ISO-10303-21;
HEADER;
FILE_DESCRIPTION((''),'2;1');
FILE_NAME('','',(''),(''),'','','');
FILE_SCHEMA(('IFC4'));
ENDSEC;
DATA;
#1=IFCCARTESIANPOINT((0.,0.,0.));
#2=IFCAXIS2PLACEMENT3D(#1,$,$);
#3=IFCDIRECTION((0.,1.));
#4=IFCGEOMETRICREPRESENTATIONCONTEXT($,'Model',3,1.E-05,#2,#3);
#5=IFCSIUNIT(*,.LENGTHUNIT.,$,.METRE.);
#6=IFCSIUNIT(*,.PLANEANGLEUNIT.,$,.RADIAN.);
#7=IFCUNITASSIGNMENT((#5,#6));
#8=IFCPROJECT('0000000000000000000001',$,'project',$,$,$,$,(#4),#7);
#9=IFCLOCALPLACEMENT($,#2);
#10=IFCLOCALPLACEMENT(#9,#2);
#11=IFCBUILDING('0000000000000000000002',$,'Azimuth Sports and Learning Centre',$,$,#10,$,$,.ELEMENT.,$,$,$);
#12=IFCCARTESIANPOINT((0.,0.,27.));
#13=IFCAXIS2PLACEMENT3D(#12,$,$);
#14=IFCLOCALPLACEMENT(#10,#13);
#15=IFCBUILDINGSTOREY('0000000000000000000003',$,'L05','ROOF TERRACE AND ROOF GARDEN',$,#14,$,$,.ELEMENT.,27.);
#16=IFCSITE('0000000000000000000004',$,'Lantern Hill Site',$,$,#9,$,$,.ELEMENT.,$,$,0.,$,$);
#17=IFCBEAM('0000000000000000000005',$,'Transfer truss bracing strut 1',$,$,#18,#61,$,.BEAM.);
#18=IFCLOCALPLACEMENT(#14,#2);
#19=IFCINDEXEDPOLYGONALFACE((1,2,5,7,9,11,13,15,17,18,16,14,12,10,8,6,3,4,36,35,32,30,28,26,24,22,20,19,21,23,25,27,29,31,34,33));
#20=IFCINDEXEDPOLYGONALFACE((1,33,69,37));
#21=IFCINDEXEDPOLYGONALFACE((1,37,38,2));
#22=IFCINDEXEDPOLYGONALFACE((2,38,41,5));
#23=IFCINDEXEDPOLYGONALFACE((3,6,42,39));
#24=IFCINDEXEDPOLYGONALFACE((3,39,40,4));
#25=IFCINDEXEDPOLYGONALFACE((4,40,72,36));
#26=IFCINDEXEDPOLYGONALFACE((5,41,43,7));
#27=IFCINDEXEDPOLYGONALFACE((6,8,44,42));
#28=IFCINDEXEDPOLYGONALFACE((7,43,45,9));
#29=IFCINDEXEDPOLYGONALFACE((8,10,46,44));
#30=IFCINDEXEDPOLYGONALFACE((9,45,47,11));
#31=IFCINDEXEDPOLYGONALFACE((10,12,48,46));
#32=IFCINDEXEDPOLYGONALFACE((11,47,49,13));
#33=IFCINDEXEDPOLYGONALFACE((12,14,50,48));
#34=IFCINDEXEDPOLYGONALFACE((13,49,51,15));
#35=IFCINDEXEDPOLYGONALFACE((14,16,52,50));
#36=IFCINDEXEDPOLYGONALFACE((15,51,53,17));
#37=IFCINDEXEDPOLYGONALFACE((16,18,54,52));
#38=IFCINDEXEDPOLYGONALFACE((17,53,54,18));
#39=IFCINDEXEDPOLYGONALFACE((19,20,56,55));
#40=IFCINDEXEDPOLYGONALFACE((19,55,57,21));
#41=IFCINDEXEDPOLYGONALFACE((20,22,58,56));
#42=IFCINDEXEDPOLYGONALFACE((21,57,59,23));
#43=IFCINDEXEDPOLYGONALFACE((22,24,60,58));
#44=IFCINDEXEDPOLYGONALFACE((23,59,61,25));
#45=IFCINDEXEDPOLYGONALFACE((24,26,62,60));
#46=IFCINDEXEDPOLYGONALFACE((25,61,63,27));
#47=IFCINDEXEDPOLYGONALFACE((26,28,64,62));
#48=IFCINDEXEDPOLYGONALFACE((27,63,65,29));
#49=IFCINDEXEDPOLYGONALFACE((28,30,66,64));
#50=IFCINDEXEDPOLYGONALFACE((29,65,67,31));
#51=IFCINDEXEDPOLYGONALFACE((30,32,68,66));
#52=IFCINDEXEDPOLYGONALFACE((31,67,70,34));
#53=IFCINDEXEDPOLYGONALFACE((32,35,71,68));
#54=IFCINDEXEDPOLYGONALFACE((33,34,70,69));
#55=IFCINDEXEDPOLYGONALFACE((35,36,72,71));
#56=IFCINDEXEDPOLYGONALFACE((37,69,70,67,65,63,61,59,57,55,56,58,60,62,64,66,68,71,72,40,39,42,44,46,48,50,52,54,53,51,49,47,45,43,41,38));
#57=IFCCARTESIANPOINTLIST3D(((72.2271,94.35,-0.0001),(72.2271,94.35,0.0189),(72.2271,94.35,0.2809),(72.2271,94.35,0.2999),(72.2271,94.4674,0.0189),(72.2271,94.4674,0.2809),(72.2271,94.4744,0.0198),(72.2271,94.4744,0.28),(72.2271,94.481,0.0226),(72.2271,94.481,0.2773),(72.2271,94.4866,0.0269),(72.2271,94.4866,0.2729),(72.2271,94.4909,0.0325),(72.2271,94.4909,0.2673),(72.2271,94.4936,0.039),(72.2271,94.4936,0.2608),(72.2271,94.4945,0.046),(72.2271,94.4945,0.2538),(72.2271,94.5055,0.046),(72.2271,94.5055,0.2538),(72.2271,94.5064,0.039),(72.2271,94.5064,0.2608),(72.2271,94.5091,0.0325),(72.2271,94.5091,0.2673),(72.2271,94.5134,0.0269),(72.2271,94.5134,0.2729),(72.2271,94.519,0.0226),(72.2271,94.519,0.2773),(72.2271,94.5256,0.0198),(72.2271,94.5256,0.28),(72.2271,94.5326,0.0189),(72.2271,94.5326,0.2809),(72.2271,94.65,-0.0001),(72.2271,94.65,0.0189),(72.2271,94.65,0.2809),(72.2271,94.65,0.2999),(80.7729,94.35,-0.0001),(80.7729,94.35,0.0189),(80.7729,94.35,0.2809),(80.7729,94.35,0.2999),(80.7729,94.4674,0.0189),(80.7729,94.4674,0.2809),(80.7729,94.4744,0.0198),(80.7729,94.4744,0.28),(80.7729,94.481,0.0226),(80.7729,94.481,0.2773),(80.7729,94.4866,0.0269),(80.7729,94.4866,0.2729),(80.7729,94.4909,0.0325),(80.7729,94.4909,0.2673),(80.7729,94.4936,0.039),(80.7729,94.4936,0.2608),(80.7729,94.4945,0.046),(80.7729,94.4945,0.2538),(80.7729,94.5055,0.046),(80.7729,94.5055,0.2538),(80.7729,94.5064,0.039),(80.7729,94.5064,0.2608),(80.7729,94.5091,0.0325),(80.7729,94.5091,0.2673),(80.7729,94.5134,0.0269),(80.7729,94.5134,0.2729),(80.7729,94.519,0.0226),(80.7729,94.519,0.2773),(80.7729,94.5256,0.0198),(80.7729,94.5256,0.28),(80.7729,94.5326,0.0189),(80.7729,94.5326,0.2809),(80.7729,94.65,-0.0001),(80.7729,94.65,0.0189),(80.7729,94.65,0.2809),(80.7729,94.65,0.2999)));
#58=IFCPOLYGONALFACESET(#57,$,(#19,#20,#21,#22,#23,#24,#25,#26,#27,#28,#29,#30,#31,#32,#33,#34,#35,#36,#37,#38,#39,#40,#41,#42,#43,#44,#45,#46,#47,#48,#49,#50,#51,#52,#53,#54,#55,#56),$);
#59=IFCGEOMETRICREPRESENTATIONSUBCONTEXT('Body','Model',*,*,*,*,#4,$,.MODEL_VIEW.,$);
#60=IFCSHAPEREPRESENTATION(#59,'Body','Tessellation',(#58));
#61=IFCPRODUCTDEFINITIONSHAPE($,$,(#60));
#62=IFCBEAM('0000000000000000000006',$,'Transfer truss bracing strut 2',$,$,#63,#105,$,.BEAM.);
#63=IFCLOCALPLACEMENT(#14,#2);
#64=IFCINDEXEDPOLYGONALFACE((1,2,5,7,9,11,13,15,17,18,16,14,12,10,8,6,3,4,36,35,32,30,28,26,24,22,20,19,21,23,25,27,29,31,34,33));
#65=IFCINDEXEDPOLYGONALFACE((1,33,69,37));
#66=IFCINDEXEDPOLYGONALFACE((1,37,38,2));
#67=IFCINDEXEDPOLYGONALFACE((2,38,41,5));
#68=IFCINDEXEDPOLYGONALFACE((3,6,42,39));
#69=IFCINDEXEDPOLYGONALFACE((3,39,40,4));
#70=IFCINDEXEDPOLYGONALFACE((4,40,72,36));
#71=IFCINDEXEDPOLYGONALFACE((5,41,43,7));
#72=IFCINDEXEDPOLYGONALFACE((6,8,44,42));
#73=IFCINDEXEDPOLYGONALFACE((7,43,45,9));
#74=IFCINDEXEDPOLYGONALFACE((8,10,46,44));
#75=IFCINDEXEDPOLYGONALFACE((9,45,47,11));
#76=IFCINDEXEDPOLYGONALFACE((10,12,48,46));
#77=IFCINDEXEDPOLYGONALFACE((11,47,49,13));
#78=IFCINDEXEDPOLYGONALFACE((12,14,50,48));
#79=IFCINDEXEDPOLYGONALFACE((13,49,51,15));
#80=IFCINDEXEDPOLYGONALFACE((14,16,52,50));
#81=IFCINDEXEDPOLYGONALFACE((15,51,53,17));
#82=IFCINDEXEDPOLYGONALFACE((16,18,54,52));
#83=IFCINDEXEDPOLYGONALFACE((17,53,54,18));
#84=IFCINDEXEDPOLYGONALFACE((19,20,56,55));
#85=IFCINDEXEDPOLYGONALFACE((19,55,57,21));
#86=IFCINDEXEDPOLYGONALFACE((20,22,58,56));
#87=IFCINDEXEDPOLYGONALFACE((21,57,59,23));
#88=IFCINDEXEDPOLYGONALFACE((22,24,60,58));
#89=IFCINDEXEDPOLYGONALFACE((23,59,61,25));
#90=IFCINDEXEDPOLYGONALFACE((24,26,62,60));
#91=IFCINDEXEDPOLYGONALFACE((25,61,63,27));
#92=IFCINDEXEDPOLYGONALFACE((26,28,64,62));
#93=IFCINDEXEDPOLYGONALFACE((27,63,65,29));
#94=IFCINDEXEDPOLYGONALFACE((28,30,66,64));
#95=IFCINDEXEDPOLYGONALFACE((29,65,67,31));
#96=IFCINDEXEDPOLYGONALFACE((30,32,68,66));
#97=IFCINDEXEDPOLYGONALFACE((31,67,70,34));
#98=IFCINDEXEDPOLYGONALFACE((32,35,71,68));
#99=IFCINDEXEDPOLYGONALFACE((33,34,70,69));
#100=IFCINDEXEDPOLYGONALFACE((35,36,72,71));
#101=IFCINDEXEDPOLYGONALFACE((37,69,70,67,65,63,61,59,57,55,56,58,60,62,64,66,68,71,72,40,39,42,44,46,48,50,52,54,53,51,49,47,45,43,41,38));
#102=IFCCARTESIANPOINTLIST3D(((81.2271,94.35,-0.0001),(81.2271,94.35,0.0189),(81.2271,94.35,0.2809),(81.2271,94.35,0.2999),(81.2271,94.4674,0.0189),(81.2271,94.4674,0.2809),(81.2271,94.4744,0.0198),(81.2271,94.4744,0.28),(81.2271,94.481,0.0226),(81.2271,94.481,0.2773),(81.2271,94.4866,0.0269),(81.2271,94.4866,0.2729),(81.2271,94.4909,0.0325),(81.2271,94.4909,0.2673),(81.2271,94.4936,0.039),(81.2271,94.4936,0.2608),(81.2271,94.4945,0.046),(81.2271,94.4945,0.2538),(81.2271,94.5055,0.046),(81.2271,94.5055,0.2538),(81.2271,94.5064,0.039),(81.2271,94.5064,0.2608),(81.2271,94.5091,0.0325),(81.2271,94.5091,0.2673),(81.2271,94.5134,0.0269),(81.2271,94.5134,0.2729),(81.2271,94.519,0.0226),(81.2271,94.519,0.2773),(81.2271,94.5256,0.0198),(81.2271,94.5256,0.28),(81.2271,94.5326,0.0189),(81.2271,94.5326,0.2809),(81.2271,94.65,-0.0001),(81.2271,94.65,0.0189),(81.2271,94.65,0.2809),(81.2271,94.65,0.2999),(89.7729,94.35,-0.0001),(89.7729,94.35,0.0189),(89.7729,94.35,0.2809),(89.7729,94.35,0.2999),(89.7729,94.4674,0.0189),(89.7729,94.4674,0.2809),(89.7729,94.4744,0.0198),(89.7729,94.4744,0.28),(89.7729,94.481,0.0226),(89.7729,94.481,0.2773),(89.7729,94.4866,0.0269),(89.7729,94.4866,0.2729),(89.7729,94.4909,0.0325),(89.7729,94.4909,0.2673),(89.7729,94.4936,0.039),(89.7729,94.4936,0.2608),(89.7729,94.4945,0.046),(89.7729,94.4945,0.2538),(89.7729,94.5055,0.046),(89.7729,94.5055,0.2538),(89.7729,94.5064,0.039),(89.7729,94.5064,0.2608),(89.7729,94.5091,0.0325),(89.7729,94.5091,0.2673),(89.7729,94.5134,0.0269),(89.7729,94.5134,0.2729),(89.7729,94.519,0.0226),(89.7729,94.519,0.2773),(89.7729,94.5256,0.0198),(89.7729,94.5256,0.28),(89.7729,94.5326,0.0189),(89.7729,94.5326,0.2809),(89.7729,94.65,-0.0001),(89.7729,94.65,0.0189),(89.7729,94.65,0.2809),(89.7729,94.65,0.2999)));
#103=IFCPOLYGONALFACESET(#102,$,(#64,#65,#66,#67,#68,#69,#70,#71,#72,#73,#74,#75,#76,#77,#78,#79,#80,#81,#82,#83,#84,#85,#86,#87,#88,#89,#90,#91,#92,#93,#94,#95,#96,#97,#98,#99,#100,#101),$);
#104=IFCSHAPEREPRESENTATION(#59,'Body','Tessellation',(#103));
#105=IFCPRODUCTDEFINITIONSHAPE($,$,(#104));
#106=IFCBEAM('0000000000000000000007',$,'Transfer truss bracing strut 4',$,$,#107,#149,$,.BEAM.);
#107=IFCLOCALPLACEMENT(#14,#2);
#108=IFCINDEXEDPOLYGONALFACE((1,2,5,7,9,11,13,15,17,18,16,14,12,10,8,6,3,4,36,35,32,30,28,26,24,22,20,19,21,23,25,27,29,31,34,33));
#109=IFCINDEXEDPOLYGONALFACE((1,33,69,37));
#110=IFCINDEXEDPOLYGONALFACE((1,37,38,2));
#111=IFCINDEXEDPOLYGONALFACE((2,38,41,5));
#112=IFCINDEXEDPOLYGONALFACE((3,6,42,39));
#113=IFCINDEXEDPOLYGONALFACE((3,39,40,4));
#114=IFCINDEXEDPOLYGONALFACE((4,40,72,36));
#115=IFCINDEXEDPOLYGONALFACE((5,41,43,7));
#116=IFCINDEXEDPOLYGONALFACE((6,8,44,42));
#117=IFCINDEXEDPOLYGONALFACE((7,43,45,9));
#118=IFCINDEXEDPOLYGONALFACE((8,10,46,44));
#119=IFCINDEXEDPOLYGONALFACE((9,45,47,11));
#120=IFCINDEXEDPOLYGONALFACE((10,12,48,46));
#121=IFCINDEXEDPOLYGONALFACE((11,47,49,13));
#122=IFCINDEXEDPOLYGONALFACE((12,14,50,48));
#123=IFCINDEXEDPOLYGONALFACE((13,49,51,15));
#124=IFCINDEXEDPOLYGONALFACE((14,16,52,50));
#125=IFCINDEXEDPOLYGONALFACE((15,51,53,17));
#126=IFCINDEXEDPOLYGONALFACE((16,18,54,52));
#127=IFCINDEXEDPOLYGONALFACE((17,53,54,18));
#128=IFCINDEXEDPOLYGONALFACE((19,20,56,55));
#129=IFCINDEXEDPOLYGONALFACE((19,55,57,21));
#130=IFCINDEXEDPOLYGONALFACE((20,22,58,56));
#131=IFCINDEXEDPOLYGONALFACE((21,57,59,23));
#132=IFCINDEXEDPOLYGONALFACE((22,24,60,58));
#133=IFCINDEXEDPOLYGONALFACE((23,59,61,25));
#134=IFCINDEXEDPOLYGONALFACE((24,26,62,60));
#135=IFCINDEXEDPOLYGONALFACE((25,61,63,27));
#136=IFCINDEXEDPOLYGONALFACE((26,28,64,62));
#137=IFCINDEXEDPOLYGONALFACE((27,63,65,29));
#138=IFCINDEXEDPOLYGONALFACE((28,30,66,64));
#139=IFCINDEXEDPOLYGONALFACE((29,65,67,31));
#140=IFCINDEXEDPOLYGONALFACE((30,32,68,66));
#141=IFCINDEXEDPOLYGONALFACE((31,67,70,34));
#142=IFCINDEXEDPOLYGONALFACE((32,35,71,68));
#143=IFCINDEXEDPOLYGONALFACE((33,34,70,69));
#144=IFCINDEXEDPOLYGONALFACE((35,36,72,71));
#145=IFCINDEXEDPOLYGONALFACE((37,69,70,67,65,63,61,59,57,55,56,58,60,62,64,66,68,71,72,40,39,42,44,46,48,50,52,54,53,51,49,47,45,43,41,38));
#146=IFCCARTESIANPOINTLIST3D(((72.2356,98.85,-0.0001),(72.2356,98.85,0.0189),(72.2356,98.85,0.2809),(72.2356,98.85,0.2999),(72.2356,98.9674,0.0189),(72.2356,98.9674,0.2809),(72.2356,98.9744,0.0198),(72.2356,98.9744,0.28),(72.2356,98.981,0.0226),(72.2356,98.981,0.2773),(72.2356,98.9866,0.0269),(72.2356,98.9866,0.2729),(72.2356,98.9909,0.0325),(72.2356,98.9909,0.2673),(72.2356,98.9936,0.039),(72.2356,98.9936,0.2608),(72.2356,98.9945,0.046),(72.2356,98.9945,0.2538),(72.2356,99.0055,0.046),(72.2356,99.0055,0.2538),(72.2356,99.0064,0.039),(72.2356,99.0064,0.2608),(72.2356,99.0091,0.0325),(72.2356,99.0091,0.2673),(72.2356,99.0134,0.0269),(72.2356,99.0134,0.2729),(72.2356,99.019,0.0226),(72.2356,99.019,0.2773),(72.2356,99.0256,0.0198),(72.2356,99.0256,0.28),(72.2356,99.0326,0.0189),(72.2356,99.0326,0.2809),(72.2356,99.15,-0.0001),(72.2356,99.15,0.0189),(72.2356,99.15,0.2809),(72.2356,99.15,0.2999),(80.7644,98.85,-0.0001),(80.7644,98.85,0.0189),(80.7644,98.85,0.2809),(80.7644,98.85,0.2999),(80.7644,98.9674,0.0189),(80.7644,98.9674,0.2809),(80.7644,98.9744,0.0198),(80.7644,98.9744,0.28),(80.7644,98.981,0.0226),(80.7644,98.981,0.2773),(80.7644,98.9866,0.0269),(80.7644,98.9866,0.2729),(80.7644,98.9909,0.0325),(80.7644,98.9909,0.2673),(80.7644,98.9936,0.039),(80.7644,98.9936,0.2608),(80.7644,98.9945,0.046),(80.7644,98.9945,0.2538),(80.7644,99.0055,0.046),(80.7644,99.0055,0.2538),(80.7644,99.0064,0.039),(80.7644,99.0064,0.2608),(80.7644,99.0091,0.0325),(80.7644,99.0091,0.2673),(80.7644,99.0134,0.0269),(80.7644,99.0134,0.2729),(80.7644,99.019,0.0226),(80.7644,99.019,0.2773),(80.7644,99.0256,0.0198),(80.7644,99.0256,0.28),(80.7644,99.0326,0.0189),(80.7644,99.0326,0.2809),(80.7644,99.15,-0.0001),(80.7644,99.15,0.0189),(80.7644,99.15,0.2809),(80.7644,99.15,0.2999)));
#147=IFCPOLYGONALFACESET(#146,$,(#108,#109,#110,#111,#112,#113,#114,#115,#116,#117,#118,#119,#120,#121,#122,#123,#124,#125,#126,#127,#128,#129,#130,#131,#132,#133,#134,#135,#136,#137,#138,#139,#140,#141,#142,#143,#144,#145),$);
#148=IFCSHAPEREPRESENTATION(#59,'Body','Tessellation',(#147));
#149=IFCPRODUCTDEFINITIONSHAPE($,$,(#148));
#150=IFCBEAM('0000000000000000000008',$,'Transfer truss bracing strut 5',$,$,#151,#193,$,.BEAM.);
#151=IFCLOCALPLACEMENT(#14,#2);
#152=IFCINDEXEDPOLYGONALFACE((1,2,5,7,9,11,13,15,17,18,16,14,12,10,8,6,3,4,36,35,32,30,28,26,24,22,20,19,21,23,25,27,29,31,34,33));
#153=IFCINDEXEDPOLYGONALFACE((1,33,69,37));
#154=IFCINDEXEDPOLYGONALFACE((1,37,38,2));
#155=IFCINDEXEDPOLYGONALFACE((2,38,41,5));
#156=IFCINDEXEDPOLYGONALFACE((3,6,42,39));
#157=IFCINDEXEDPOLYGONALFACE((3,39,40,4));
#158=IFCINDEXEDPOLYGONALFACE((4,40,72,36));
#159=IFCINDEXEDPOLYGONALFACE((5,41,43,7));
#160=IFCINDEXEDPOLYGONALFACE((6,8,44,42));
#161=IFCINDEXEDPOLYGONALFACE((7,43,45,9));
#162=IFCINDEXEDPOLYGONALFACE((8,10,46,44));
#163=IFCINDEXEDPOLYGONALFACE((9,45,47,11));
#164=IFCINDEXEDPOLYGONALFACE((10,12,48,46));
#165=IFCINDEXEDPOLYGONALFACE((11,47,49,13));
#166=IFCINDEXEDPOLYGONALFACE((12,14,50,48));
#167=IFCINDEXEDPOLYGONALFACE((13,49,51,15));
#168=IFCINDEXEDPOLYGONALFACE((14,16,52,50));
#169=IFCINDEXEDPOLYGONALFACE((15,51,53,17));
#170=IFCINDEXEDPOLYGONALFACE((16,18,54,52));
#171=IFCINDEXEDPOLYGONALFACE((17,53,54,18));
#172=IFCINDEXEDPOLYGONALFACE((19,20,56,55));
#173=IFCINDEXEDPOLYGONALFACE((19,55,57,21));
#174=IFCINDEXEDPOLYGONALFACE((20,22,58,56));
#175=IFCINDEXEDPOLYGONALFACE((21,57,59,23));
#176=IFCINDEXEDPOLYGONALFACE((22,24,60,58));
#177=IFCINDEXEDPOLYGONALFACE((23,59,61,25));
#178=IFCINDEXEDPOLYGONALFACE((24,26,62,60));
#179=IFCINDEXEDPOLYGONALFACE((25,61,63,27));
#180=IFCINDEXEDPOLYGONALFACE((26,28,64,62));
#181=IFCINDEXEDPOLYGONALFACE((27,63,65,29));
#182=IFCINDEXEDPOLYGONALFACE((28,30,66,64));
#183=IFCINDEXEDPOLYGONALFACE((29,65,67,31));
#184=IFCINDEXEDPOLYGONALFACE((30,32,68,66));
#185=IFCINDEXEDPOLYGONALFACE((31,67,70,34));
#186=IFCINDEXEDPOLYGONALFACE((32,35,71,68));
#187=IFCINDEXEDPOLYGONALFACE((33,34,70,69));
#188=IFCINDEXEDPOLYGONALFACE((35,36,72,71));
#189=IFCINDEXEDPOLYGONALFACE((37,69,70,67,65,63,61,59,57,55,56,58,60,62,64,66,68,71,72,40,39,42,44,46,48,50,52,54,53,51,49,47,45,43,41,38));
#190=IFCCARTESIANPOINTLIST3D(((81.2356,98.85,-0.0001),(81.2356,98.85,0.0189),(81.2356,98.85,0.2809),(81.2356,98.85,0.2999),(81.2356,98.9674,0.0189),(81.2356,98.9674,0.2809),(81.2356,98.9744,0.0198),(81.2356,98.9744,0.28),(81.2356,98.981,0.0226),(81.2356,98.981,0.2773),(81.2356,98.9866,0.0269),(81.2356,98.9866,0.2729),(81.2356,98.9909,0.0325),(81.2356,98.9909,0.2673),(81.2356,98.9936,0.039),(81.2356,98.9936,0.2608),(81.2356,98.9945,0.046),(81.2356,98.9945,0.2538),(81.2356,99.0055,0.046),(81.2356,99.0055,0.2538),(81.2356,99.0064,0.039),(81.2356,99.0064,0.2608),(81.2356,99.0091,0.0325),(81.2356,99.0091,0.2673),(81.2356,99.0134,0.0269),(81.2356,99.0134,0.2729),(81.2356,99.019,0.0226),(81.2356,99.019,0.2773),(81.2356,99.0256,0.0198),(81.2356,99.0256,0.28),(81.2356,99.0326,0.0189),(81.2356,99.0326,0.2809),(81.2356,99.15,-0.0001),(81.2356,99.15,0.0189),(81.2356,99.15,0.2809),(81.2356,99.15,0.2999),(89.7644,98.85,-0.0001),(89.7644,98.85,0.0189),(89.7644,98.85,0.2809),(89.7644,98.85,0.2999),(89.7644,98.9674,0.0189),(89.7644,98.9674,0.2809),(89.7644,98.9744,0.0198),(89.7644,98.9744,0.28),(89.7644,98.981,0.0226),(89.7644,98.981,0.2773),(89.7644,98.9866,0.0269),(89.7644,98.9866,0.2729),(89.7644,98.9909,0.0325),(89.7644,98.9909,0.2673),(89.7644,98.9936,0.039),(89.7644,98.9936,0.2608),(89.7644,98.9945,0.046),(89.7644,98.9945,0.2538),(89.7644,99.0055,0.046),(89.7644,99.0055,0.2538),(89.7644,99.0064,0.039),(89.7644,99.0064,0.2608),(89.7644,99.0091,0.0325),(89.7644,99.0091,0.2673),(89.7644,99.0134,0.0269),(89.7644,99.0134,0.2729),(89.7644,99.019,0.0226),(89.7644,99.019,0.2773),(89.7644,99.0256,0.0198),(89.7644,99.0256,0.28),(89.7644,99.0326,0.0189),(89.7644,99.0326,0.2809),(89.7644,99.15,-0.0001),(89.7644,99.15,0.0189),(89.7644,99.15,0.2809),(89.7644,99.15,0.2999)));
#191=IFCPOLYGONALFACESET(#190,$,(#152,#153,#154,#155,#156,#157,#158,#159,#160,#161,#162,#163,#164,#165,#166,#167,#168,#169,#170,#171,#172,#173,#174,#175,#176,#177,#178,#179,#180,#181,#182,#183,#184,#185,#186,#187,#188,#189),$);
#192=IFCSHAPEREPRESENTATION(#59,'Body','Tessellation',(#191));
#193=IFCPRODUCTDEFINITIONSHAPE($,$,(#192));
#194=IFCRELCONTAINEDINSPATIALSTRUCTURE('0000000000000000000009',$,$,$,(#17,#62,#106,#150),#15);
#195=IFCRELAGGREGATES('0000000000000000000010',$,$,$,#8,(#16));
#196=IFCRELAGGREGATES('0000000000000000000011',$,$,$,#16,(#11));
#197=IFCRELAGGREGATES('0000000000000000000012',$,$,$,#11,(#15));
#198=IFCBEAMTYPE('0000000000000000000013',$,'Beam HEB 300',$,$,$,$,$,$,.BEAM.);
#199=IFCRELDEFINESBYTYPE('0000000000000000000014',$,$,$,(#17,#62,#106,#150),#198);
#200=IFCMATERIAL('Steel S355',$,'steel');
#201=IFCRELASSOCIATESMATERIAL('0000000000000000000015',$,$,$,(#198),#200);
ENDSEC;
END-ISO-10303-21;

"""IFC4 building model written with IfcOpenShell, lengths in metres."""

from ifc_helpers import new_model, si_unit, direction, frame, origin, origin_2d, place, context, subcontext, project, spatial, i_section, extrude, material, material_profile, profile_set, type_object, element, save


model = new_model("IFC4")

# Units and contexts
model_context = context("Model", 3, precision=1e-05, world=origin(), true_north=direction((0.0, 1.0)))
body_context = subcontext(model_context, "Body", "Model", "MODEL_VIEW")
ifc_project = project(units=[si_unit("LENGTHUNIT", "METRE"), si_unit("PLANEANGLEUNIT", "RADIAN")], contexts=[model_context])

# Site, building, storey
site_placement = place(None, origin())
site = spatial("IfcSite", under=ifc_project, at=site_placement, Name="Lantern Hill Site", CompositionType="ELEMENT", RefElevation=0.0)
building_placement = place(site_placement, origin())
building = spatial("IfcBuilding", under=site, at=building_placement, Name="Azimuth Sports and Learning Centre", CompositionType="ELEMENT")
storey_placement = place(building_placement, frame((0.0, 0.0, 27.0)))
storey = spatial("IfcBuildingStorey", under=building, at=storey_placement, Name="L05", Description="ROOF TERRACE AND ROOF GARDEN", CompositionType="ELEMENT", Elevation=27.0)

# Beams
ifc_material_1 = material(Name="Steel S355", Category="steel")
ifc_material_profile_1 = material_profile(ifc_material_1, i_section(OverallWidth=0.3, OverallDepth=0.3, WebThickness=0.011, FlangeThickness=0.019, FilletRadius=0.0271, at=origin_2d()), Name="HEB 300")
ifc_profile_set_1 = profile_set([ifc_material_profile_1], Name="Steel S355")
beam_type_1 = type_object("IfcBeamType", Name="Beam HEB 300", PredefinedType="BEAM", material=ifc_profile_set_1)
for number, where, z_axis, x_axis, name in (
    (1, (72.2271, 94.5, 0.1499), (1.0, 0.0, 0.0), (0.0, 1.0, 0.0), "Transfer truss bracing strut 1"),
    (2, (81.2271, 94.5, 0.1499), (1.0, 0.0, 0.0), (0.0, 1.0, 0.0), "Transfer truss bracing strut 2"),
):
    element("IfcBeam", number, at=place(storey_placement, frame(where, z_axis=z_axis, x_axis=x_axis)), inside=storey, type_object=beam_type_1, Name=name, PredefinedType="BEAM", context=body_context, shape_type="SweptSolid", body=[
        extrude(i_section(OverallWidth=0.3, OverallDepth=0.3, WebThickness=0.011, FlangeThickness=0.019, FilletRadius=0.0271, at=origin_2d()), origin(), (0.0, 0.0, 1.0), 8.5459),
    ])
for number, where, z_axis, x_axis, name in (
    (3, (72.2356, 99.0, 0.1499), (1.0, 0.0, 0.0), (0.0, 1.0, 0.0), "Transfer truss bracing strut 4"),
    (4, (81.2356, 99.0, 0.1499), (1.0, 0.0, 0.0), (0.0, 1.0, 0.0), "Transfer truss bracing strut 5"),
):
    element("IfcBeam", number, at=place(storey_placement, frame(where, z_axis=z_axis, x_axis=x_axis)), inside=storey, type_object=beam_type_1, Name=name, PredefinedType="BEAM", context=body_context, shape_type="SweptSolid", body=[
        extrude(i_section(OverallWidth=0.3, OverallDepth=0.3, WebThickness=0.011, FlangeThickness=0.019, FilletRadius=0.0271, at=origin_2d()), origin(), (0.0, 0.0, 1.0), 8.5288),
    ])

save(model, "model.ifc")
